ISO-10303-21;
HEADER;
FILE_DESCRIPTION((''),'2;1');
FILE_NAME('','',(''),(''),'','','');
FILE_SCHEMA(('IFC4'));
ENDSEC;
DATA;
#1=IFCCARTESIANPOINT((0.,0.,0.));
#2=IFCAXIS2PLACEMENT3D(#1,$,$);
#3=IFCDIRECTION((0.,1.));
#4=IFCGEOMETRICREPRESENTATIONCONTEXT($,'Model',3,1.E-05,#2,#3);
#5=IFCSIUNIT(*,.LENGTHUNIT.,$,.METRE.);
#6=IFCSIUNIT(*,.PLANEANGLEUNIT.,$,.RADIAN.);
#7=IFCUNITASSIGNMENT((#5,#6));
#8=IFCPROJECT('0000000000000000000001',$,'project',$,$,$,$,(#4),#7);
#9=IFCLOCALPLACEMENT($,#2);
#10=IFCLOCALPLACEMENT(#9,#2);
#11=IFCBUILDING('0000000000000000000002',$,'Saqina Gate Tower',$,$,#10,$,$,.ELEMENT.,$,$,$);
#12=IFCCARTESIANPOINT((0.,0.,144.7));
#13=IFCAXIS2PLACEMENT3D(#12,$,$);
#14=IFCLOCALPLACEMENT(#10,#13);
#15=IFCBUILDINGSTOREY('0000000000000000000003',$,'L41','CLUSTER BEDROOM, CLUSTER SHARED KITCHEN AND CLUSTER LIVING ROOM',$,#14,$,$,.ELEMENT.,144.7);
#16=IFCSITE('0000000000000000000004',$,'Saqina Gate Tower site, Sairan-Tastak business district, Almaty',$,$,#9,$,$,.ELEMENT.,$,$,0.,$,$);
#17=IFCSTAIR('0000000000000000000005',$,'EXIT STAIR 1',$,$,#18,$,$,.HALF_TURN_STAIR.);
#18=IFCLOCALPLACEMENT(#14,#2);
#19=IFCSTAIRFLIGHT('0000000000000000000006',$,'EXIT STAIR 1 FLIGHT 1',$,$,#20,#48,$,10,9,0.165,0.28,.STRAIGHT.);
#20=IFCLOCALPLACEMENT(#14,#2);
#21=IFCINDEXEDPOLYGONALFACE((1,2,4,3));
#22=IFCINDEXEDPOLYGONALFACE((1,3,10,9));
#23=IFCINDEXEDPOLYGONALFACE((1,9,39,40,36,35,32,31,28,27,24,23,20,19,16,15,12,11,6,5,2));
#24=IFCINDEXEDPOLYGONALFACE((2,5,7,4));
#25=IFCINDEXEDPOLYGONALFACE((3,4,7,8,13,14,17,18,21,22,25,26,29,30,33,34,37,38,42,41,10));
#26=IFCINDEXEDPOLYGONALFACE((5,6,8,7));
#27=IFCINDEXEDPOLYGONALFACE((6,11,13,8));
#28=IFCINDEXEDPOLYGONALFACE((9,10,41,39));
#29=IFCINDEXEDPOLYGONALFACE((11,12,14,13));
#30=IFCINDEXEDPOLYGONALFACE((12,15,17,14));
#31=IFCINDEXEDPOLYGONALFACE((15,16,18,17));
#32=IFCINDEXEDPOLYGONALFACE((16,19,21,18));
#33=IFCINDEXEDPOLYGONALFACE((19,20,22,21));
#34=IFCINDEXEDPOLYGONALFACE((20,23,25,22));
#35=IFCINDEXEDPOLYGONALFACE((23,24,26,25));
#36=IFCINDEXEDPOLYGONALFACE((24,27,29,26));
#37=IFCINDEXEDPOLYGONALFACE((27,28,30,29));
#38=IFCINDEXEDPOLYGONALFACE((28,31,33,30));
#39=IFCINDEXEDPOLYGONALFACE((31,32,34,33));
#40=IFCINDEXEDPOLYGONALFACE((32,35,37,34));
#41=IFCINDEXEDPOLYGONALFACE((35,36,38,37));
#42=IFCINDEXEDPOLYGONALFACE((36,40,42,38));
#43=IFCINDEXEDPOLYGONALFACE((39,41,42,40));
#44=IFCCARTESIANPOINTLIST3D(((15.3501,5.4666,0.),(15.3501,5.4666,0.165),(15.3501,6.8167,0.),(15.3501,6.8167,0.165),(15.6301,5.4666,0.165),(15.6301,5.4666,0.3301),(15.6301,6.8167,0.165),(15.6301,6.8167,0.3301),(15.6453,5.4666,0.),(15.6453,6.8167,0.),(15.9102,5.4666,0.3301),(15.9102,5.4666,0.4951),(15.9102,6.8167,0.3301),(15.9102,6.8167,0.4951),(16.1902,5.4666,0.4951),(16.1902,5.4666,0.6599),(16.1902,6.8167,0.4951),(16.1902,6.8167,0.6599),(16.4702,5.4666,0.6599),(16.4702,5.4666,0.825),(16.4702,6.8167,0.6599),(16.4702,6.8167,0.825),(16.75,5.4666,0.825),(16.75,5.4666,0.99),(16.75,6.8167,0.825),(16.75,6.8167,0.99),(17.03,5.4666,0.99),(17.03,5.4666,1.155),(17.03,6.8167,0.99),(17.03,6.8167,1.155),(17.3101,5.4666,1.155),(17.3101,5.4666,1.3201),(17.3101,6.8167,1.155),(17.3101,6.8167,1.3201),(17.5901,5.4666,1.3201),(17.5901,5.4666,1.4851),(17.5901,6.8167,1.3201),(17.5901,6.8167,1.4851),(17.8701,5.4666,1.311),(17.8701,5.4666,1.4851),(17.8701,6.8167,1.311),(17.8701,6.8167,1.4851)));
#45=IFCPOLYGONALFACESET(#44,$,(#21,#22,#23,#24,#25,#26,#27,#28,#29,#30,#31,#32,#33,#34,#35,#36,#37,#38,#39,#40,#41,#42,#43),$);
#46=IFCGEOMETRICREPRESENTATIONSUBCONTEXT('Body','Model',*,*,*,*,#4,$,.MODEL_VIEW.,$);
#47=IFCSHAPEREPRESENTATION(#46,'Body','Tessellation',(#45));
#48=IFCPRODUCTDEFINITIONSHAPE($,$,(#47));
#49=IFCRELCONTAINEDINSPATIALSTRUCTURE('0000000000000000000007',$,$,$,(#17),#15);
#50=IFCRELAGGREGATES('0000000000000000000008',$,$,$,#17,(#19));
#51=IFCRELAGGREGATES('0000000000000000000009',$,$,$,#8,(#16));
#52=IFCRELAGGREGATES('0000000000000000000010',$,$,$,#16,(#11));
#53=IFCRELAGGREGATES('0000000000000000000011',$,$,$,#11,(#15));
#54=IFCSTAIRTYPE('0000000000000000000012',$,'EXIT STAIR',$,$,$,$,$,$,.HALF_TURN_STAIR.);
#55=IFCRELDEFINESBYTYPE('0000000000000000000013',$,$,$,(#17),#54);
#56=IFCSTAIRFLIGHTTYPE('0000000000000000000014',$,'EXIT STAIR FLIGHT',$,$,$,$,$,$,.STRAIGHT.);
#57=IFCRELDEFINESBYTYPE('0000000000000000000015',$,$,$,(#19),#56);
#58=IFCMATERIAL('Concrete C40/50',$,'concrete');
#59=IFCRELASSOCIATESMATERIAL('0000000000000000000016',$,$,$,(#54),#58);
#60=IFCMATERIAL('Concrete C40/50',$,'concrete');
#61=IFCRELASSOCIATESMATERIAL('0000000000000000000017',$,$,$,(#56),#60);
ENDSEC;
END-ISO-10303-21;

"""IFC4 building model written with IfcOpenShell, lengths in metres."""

from ifc_helpers import new_model, si_unit, direction, frame, origin, place, context, subcontext, project, spatial, polyline, outline, extrude, material, type_object, element, aggregate, save


model = new_model("IFC4")

# Units and contexts
model_context = context("Model", 3, precision=1e-05, world=origin(), true_north=direction((0.0, 1.0)))
body_context = subcontext(model_context, "Body", "Model", "MODEL_VIEW")
ifc_project = project(units=[si_unit("LENGTHUNIT", "METRE"), si_unit("PLANEANGLEUNIT", "RADIAN")], contexts=[model_context])

# Site, building, storey
site_placement = place(None, origin())
site = spatial("IfcSite", under=ifc_project, at=site_placement, Name="Saqina Gate Tower site, Sairan-Tastak business district, Almaty", CompositionType="ELEMENT", RefElevation=0.0)
building_placement = place(site_placement, origin())
building = spatial("IfcBuilding", under=site, at=building_placement, Name="Saqina Gate Tower", CompositionType="ELEMENT")
storey_placement = place(building_placement, frame((0.0, 0.0, 144.7)))
storey = spatial("IfcBuildingStorey", under=building, at=storey_placement, Name="L41", Description="CLUSTER BEDROOM, CLUSTER SHARED KITCHEN AND CLUSTER LIVING ROOM", CompositionType="ELEMENT", Elevation=144.7)

# Stair, stair flight
ifc_material_1 = material(Name="Concrete C40/50", Category="concrete")
stair_type = type_object("IfcStairType", Name="EXIT STAIR", PredefinedType="HALF_TURN_STAIR", material=ifc_material_1)
stair_placement = place(storey_placement, origin())
stair = element("IfcStair", 1, at=stair_placement, inside=storey, type_object=stair_type, Name="EXIT STAIR 1", PredefinedType="HALF_TURN_STAIR")
ifc_material_2 = material(Name="Concrete C40/50", Category="concrete")
stair_flight_type = type_object("IfcStairFlightType", Name="EXIT STAIR FLIGHT", PredefinedType="STRAIGHT", material=ifc_material_2)
stair_flight_placement = place(storey_placement, frame((15.3501, 6.1416, 0.0), z_axis=(0.0, 0.0, 1.0), x_axis=(1.0, 0.0, 0.0)))
stair_flight = element("IfcStairFlight", 2, at=stair_flight_placement, type_object=stair_flight_type, Name="EXIT STAIR 1 FLIGHT 1", NumberOfRisers=10, NumberOfTreads=9, PredefinedType="STRAIGHT", RiserHeight=0.165, TreadLength=0.28, context=body_context, shape_type="SweptSolid", body=[
    extrude(outline(polyline([(0.0, 0.0), (0.0, 0.165), (0.28, 0.165), (0.28, 0.3301), (0.5601, 0.3301), (0.5601, 0.4951), (0.8401, 0.4951), (0.8401, 0.6599), (1.1201, 0.6599), (1.1201, 0.825), (1.3999, 0.825), (1.3999, 0.99), (1.6799, 0.99), (1.6799, 1.155), (1.96, 1.155), (1.96, 1.3201), (2.24, 1.3201), (2.24, 1.4851), (2.52, 1.4851), (2.52, 1.6499), (2.52, 1.311), (0.2952, 0.0), (0.0, 0.0)])), frame((0.0, 0.675, 0.0), z_axis=(0.0, -1.0, 0.0), x_axis=(1.0, 0.0, 0.0)), (0.0, 0.0, 1.0), 1.3501),
])
aggregate(stair, [stair_flight])

save(model, "model.ifc")
